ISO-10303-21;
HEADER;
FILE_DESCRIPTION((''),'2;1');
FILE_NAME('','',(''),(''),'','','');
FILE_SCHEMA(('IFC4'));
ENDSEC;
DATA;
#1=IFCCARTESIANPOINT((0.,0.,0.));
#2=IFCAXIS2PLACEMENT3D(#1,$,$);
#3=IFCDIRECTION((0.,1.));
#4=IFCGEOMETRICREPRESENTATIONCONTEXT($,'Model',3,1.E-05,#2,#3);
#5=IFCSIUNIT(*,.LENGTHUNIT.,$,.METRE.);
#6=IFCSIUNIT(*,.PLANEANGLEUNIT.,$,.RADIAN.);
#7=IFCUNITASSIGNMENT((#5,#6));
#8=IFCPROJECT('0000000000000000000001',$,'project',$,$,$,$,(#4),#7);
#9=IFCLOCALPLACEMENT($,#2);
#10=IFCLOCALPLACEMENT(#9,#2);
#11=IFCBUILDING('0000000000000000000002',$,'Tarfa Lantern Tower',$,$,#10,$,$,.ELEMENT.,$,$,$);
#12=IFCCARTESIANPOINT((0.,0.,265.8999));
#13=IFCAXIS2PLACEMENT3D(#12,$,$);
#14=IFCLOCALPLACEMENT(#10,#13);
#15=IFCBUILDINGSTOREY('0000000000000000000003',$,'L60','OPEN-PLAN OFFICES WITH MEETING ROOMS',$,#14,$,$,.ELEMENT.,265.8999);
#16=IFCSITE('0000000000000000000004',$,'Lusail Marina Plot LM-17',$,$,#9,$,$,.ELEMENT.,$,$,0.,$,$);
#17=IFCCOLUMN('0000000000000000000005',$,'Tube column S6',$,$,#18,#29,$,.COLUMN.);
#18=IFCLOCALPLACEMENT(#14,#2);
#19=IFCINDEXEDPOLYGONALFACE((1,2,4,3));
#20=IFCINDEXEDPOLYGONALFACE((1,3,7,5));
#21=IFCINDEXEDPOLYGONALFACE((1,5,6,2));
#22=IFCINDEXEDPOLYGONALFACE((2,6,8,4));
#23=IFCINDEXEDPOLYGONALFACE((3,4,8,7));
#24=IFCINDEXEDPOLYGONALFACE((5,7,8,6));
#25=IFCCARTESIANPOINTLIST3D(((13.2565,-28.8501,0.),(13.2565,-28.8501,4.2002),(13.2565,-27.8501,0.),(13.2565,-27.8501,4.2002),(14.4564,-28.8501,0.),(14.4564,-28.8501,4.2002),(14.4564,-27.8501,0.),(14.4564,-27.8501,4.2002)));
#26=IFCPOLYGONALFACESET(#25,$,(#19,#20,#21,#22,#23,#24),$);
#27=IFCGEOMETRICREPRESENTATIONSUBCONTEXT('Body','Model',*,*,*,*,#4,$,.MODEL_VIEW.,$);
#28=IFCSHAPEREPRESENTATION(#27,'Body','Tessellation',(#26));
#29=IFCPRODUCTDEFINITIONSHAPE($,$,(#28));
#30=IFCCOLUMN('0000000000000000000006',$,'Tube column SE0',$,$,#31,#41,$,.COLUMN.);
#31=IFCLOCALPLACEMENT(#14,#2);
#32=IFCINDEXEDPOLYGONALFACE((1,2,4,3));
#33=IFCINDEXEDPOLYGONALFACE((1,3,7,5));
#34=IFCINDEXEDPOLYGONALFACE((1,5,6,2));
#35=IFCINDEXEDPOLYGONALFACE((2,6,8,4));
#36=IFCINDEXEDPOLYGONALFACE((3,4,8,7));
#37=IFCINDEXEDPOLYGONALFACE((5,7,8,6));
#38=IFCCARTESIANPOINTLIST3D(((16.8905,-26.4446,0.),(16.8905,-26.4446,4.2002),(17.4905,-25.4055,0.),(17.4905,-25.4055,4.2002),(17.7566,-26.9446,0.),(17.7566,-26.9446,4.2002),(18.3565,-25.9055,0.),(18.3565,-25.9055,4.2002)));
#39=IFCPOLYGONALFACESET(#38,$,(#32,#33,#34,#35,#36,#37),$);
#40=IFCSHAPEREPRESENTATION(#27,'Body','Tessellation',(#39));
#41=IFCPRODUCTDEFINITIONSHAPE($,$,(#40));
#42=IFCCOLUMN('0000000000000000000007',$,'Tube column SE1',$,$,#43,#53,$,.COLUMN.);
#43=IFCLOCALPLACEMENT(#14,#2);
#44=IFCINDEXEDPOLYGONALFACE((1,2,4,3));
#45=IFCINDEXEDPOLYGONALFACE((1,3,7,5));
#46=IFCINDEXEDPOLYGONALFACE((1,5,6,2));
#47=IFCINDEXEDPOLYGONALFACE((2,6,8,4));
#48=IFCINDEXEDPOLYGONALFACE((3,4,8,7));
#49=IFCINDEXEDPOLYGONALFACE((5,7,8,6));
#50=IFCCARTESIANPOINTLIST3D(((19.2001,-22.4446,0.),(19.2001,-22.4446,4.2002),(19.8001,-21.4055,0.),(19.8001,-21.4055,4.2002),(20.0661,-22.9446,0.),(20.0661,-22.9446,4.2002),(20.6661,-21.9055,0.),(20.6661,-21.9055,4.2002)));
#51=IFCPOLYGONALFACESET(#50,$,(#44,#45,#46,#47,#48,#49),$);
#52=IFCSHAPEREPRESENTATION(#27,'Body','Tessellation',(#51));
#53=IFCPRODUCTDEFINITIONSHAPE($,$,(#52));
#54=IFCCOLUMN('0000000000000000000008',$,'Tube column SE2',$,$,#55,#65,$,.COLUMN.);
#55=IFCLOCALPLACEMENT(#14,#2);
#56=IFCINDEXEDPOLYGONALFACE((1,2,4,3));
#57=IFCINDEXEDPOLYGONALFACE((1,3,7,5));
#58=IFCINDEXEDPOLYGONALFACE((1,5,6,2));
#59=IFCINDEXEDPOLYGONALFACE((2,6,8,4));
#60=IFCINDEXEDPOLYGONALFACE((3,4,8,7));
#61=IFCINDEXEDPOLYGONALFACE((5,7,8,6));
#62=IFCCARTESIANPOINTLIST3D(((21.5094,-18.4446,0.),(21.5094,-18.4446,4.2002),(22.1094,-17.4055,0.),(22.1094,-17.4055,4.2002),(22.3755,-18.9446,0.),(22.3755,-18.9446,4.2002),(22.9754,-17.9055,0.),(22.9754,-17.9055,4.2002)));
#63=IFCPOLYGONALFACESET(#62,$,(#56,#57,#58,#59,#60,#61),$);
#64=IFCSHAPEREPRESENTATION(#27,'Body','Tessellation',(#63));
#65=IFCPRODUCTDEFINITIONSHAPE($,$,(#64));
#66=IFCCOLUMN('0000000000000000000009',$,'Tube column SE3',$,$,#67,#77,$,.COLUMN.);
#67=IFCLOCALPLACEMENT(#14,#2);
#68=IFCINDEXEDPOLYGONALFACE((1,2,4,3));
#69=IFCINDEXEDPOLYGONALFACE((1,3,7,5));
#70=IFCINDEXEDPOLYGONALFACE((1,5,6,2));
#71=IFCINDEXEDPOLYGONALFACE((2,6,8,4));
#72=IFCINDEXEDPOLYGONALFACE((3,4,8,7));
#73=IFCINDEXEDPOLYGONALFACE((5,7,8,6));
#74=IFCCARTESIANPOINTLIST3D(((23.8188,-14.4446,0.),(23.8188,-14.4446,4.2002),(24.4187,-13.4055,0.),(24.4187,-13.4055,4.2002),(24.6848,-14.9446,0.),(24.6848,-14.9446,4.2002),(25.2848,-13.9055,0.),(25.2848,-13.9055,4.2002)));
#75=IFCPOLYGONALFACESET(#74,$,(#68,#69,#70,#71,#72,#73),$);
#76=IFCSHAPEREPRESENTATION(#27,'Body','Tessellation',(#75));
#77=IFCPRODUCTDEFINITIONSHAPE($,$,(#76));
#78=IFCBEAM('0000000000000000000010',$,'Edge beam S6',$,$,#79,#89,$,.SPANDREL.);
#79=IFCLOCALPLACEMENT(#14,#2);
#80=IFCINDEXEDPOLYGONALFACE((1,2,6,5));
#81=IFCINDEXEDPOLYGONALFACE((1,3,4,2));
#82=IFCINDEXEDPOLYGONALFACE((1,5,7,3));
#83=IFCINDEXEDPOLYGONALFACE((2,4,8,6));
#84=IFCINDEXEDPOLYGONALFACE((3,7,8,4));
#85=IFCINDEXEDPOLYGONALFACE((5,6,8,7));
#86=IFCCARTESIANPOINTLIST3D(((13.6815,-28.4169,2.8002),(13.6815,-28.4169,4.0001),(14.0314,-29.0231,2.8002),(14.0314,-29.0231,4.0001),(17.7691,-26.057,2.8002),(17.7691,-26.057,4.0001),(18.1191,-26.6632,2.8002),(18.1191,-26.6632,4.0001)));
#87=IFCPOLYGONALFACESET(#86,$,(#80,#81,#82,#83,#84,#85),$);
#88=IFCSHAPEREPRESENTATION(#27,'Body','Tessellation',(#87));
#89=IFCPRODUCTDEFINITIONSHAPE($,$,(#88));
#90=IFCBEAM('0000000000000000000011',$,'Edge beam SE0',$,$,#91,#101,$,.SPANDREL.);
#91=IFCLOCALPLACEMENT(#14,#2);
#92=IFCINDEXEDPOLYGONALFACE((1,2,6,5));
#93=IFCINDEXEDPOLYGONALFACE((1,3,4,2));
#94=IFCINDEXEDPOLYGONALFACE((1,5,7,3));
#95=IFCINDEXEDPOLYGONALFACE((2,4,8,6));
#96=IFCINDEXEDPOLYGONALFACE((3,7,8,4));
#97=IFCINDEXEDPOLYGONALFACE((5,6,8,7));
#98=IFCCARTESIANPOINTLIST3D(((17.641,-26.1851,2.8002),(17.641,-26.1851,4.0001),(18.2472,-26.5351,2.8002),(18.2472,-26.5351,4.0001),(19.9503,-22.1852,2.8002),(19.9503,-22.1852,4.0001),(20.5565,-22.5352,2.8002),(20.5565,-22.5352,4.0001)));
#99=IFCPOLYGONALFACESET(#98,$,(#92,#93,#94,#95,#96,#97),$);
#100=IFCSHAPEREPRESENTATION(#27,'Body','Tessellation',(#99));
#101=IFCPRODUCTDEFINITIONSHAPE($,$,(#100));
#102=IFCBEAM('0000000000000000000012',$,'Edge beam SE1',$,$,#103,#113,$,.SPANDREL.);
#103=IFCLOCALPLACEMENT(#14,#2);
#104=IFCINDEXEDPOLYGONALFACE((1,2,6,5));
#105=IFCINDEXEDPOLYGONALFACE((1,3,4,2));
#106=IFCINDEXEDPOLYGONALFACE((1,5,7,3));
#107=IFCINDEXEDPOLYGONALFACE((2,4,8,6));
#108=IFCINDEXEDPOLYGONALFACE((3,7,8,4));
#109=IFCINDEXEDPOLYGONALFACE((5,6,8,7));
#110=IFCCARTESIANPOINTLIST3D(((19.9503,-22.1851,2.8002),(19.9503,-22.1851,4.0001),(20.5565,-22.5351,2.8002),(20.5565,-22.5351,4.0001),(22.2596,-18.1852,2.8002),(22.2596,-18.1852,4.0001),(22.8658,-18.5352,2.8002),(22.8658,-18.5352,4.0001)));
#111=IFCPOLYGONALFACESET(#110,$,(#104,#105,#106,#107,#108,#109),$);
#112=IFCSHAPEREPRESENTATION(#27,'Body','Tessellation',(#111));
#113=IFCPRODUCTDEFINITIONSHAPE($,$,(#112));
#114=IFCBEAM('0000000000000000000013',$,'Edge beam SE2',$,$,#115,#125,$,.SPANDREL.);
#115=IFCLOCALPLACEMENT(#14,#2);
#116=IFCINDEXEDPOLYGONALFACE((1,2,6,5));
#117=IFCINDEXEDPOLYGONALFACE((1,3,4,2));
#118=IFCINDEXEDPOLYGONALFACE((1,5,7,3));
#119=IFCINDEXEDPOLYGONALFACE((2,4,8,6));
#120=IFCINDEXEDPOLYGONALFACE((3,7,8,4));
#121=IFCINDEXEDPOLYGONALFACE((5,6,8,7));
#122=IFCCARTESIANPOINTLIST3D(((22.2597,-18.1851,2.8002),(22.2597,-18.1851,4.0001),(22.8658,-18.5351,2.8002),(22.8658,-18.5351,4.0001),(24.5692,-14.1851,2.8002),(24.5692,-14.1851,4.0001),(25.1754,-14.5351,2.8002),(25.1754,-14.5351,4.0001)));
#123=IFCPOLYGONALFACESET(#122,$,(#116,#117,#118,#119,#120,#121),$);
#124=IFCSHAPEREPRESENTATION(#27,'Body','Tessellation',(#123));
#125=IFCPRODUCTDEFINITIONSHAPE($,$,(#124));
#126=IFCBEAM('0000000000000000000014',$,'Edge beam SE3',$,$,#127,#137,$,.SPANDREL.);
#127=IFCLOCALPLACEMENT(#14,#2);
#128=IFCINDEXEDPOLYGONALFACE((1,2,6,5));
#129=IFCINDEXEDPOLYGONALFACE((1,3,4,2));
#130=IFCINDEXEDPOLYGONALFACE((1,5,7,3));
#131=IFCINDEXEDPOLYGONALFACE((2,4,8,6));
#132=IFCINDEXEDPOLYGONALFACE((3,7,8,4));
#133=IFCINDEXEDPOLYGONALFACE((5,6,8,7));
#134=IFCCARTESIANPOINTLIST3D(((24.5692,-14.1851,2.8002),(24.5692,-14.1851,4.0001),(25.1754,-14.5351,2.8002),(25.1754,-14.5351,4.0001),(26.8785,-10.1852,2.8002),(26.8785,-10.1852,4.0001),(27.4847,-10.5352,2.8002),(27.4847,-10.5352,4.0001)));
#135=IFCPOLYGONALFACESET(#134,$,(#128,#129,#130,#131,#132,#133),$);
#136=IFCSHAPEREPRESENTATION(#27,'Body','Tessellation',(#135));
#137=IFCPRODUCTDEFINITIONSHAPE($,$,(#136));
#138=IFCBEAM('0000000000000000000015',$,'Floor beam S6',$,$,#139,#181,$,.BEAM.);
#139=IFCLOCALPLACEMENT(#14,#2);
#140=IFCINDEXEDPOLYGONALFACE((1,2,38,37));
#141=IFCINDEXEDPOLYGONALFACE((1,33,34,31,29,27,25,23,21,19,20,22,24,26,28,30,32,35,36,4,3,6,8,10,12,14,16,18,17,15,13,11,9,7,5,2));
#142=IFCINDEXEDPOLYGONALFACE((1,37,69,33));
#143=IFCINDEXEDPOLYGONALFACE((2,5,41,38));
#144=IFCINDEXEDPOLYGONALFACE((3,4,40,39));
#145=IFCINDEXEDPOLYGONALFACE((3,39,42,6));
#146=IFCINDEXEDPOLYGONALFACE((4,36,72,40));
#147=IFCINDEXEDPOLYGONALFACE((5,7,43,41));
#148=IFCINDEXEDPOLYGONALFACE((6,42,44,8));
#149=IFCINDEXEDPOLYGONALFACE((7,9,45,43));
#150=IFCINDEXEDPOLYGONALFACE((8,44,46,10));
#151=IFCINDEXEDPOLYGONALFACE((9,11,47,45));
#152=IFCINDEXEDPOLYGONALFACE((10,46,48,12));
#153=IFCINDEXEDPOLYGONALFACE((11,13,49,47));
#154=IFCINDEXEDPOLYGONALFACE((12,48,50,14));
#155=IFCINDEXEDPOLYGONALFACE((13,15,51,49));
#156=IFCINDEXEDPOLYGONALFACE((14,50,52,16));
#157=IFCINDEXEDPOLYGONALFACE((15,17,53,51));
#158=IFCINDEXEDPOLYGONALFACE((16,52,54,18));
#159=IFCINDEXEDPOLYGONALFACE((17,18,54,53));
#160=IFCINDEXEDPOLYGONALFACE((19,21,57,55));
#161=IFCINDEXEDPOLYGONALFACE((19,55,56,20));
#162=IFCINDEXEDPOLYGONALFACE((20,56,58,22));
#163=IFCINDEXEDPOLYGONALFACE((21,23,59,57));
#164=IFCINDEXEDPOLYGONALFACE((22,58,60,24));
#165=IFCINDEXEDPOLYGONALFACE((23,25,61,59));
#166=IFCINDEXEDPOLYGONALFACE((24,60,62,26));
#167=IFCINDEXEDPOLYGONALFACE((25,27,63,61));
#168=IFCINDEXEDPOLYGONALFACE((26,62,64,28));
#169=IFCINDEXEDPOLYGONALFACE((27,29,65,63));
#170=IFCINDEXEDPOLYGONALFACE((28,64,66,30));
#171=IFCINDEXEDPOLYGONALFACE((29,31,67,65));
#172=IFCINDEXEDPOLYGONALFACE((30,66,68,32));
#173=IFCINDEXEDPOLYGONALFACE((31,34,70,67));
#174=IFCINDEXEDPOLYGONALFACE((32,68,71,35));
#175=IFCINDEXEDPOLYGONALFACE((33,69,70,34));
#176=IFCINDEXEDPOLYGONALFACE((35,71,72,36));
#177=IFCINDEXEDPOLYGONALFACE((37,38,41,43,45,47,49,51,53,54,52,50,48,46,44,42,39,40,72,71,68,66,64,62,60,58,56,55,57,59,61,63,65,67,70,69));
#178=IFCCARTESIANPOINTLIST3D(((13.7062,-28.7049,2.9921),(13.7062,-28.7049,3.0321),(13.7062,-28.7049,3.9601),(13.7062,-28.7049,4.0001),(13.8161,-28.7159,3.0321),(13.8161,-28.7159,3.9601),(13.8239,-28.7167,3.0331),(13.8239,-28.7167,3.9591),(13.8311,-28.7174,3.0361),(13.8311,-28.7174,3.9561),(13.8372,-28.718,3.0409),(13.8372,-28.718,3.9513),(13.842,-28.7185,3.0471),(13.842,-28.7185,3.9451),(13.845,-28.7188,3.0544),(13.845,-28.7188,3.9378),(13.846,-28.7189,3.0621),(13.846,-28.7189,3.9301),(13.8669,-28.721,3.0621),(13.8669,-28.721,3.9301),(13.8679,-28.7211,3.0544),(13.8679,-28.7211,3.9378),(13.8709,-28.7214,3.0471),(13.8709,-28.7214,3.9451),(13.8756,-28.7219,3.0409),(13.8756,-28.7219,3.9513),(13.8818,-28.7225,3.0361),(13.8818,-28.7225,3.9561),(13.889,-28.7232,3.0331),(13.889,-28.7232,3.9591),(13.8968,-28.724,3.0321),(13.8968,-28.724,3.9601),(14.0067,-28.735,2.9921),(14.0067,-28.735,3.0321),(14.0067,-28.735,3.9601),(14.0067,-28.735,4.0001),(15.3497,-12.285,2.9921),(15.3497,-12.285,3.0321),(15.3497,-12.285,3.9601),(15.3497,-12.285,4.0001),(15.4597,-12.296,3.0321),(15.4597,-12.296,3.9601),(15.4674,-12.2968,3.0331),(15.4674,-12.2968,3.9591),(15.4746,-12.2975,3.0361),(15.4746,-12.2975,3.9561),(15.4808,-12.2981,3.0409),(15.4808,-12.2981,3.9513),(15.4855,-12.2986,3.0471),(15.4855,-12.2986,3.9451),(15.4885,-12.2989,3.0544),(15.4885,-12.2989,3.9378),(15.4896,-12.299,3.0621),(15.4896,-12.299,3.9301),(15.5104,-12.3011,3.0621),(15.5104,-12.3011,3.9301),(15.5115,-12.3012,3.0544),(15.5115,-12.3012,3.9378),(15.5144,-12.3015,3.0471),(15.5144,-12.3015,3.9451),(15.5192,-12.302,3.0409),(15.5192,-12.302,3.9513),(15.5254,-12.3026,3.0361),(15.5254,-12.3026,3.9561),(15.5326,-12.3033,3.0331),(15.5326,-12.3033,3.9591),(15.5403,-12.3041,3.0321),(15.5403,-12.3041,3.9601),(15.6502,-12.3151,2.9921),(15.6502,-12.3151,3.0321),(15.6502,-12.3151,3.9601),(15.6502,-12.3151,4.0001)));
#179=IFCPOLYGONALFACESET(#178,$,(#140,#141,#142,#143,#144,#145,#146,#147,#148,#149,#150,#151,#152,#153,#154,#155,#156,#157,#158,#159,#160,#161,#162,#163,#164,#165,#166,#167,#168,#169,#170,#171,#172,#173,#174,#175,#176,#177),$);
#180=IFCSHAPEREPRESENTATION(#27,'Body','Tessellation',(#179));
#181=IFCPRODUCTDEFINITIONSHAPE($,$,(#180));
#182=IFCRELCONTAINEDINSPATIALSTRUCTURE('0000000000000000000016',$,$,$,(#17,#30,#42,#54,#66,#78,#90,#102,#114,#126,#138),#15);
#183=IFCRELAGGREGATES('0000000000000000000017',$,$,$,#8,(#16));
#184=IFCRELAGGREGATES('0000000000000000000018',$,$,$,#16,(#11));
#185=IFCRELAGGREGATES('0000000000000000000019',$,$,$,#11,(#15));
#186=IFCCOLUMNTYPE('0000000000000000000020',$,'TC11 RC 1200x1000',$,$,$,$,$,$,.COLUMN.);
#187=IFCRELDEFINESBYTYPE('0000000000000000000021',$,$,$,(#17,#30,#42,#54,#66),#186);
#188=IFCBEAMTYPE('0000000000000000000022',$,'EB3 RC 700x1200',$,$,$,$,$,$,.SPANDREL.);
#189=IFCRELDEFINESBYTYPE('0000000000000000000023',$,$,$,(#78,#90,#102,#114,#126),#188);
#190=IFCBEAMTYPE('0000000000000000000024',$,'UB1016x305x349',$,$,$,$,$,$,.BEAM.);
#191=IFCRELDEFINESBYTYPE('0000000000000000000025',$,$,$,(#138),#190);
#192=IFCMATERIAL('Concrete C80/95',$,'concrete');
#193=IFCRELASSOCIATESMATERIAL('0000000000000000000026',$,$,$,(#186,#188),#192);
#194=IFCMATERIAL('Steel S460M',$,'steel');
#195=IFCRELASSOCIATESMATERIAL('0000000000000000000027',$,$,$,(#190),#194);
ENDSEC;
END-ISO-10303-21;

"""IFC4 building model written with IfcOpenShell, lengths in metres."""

from ifc_helpers import new_model, si_unit, direction, frame, origin, origin_2d, place, context, subcontext, project, spatial, rectangle, i_section, extrude, material, material_profile, profile_set, type_object, element, save


model = new_model("IFC4")

# Units and contexts
model_context = context("Model", 3, precision=1e-05, world=origin(), true_north=direction((0.0, 1.0)))
body_context = subcontext(model_context, "Body", "Model", "MODEL_VIEW")
ifc_project = project(units=[si_unit("LENGTHUNIT", "METRE"), si_unit("PLANEANGLEUNIT", "RADIAN")], contexts=[model_context])

# Site, building, storey
site_placement = place(None, origin())
site = spatial("IfcSite", under=ifc_project, at=site_placement, Name="Lusail Marina Plot LM-17", CompositionType="ELEMENT", RefElevation=0.0)
building_placement = place(site_placement, origin())
building = spatial("IfcBuilding", under=site, at=building_placement, Name="Tarfa Lantern Tower", CompositionType="ELEMENT")
storey_placement = place(building_placement, frame((0.0, 0.0, 265.8999)))
storey = spatial("IfcBuildingStorey", under=building, at=storey_placement, Name="L60", Description="OPEN-PLAN OFFICES WITH MEETING ROOMS", CompositionType="ELEMENT", Elevation=265.8999)

# Columns
ifc_material_1 = material(Name="Concrete C80/95", Category="concrete")
ifc_material_profile_1 = material_profile(ifc_material_1, rectangle(XDim=1.2, YDim=1.0, at=origin_2d()), Name="RC 1200x1000")
ifc_profile_set_1 = profile_set([ifc_material_profile_1], Name="Concrete C80/95")
column_type = type_object("IfcColumnType", Name="TC11 RC 1200x1000", PredefinedType="COLUMN", material=ifc_profile_set_1)
for number, where, z_axis, x_axis, name in (
    (1, (13.8564, -28.3501, 0.0), (0.0, 0.0, 1.0), (1.0, 0.0, 0.0), "Tube column S6"),
    (2, (17.6235, -26.175, 0.0), (0.0, 0.0, 1.0), (0.5, 0.866025, 0.0), "Tube column SE0"),
    (3, (19.9331, -22.175, 0.0), (0.0, 0.0, 1.0), (0.5, 0.866025, 0.0), "Tube column SE1"),
    (4, (22.2424, -18.175, 0.0), (0.0, 0.0, 1.0), (0.5, 0.866025, 0.0), "Tube column SE2"),
    (5, (24.5518, -14.175, 0.0), (0.0, 0.0, 1.0), (0.5, 0.866025, 0.0), "Tube column SE3"),
):
    element("IfcColumn", number, at=place(storey_placement, frame(where, z_axis=z_axis, x_axis=x_axis)), inside=storey, type_object=column_type, Name=name, PredefinedType="COLUMN", context=body_context, shape_type="SweptSolid", body=[
        extrude(rectangle(XDim=1.2, YDim=1.0, at=origin_2d()), origin(), (0.0, 0.0, 1.0), 4.2002),
    ])

# Beams
ifc_material_profile_2 = material_profile(ifc_material_1, rectangle(XDim=0.7, YDim=1.2, at=origin_2d()), Name="RC 700x1200")
ifc_profile_set_2 = profile_set([ifc_material_profile_2], Name="Concrete C80/95")
beam_type_1 = type_object("IfcBeamType", Name="EB3 RC 700x1200", PredefinedType="SPANDREL", material=ifc_profile_set_2)
beam_1_placement = place(storey_placement, frame((13.8564, -28.72, 3.4001), z_axis=(0.866038, 0.499978, 0.0), x_axis=(-0.499978, 0.866038, 0.0)))
element("IfcBeam", 6, at=beam_1_placement, inside=storey, type_object=beam_type_1, Name="Edge beam S6", PredefinedType="SPANDREL", context=body_context, shape_type="SweptSolid", body=[
    extrude(rectangle(XDim=0.7, YDim=1.2, at=origin_2d()), origin(), (0.0, 0.0, 1.0), 4.72),
])
for number, where, z_axis, x_axis, name in (
    (7, (17.9441, -26.3601, 3.4001), (0.499988, 0.866032, 0.0), (-0.866032, 0.499988, 0.0), "Edge beam SE0"),
    (8, (20.2534, -22.3601, 3.4001), (0.499988, 0.866032, 0.0), (-0.866032, 0.499988, 0.0), "Edge beam SE1"),
):
    element("IfcBeam", number, at=place(storey_placement, frame(where, z_axis=z_axis, x_axis=x_axis)), inside=storey, type_object=beam_type_1, Name=name, PredefinedType="SPANDREL", context=body_context, shape_type="SweptSolid", body=[
        extrude(rectangle(XDim=0.7, YDim=1.2, at=origin_2d()), origin(), (0.0, 0.0, 1.0), 4.6187),
    ])
beam_2_placement = place(storey_placement, frame((22.5627, -18.3601, 3.4001), z_axis=(0.500027, 0.86601, 0.0), x_axis=(-0.86601, 0.500027, 0.0)))
element("IfcBeam", 9, at=beam_2_placement, inside=storey, type_object=beam_type_1, Name="Edge beam SE2", PredefinedType="SPANDREL", context=body_context, shape_type="SweptSolid", body=[
    extrude(rectangle(XDim=0.7, YDim=1.2, at=origin_2d()), origin(), (0.0, 0.0, 1.0), 4.6189),
])
beam_3_placement = place(storey_placement, frame((24.8723, -14.3601, 3.4001), z_axis=(0.499988, 0.866032, 0.0), x_axis=(-0.866032, 0.499988, 0.0)))
element("IfcBeam", 10, at=beam_3_placement, inside=storey, type_object=beam_type_1, Name="Edge beam SE3", PredefinedType="SPANDREL", context=body_context, shape_type="SweptSolid", body=[
    extrude(rectangle(XDim=0.7, YDim=1.2, at=origin_2d()), origin(), (0.0, 0.0, 1.0), 4.6187),
])
ifc_material_2 = material(Name="Steel S460M", Category="steel")
ifc_material_profile_3 = material_profile(ifc_material_2, i_section(OverallWidth=0.302, OverallDepth=1.0081, WebThickness=0.021, FlangeThickness=0.04, FilletRadius=0.03, at=origin_2d()), Name="UB1016x305x349")
ifc_profile_set_3 = profile_set([ifc_material_profile_3], Name="Steel S460M")
beam_type_2 = type_object("IfcBeamType", Name="UB1016x305x349", PredefinedType="BEAM", material=ifc_profile_set_3)
beam_4_placement = place(storey_placement, frame((13.8564, -28.72, 3.4961), z_axis=(0.099597, 0.995028, 0.0), x_axis=(-0.995028, 0.099597, 0.0)))
element("IfcBeam", 11, at=beam_4_placement, inside=storey, type_object=beam_type_2, Name="Floor beam S6", PredefinedType="BEAM", context=body_context, shape_type="SweptSolid", body=[
    extrude(i_section(OverallWidth=0.302, OverallDepth=1.0081, WebThickness=0.021, FlangeThickness=0.04, FilletRadius=0.03, at=origin_2d()), origin(), (0.0, 0.0, 1.0), 16.502),
])

save(model, "model.ifc")
